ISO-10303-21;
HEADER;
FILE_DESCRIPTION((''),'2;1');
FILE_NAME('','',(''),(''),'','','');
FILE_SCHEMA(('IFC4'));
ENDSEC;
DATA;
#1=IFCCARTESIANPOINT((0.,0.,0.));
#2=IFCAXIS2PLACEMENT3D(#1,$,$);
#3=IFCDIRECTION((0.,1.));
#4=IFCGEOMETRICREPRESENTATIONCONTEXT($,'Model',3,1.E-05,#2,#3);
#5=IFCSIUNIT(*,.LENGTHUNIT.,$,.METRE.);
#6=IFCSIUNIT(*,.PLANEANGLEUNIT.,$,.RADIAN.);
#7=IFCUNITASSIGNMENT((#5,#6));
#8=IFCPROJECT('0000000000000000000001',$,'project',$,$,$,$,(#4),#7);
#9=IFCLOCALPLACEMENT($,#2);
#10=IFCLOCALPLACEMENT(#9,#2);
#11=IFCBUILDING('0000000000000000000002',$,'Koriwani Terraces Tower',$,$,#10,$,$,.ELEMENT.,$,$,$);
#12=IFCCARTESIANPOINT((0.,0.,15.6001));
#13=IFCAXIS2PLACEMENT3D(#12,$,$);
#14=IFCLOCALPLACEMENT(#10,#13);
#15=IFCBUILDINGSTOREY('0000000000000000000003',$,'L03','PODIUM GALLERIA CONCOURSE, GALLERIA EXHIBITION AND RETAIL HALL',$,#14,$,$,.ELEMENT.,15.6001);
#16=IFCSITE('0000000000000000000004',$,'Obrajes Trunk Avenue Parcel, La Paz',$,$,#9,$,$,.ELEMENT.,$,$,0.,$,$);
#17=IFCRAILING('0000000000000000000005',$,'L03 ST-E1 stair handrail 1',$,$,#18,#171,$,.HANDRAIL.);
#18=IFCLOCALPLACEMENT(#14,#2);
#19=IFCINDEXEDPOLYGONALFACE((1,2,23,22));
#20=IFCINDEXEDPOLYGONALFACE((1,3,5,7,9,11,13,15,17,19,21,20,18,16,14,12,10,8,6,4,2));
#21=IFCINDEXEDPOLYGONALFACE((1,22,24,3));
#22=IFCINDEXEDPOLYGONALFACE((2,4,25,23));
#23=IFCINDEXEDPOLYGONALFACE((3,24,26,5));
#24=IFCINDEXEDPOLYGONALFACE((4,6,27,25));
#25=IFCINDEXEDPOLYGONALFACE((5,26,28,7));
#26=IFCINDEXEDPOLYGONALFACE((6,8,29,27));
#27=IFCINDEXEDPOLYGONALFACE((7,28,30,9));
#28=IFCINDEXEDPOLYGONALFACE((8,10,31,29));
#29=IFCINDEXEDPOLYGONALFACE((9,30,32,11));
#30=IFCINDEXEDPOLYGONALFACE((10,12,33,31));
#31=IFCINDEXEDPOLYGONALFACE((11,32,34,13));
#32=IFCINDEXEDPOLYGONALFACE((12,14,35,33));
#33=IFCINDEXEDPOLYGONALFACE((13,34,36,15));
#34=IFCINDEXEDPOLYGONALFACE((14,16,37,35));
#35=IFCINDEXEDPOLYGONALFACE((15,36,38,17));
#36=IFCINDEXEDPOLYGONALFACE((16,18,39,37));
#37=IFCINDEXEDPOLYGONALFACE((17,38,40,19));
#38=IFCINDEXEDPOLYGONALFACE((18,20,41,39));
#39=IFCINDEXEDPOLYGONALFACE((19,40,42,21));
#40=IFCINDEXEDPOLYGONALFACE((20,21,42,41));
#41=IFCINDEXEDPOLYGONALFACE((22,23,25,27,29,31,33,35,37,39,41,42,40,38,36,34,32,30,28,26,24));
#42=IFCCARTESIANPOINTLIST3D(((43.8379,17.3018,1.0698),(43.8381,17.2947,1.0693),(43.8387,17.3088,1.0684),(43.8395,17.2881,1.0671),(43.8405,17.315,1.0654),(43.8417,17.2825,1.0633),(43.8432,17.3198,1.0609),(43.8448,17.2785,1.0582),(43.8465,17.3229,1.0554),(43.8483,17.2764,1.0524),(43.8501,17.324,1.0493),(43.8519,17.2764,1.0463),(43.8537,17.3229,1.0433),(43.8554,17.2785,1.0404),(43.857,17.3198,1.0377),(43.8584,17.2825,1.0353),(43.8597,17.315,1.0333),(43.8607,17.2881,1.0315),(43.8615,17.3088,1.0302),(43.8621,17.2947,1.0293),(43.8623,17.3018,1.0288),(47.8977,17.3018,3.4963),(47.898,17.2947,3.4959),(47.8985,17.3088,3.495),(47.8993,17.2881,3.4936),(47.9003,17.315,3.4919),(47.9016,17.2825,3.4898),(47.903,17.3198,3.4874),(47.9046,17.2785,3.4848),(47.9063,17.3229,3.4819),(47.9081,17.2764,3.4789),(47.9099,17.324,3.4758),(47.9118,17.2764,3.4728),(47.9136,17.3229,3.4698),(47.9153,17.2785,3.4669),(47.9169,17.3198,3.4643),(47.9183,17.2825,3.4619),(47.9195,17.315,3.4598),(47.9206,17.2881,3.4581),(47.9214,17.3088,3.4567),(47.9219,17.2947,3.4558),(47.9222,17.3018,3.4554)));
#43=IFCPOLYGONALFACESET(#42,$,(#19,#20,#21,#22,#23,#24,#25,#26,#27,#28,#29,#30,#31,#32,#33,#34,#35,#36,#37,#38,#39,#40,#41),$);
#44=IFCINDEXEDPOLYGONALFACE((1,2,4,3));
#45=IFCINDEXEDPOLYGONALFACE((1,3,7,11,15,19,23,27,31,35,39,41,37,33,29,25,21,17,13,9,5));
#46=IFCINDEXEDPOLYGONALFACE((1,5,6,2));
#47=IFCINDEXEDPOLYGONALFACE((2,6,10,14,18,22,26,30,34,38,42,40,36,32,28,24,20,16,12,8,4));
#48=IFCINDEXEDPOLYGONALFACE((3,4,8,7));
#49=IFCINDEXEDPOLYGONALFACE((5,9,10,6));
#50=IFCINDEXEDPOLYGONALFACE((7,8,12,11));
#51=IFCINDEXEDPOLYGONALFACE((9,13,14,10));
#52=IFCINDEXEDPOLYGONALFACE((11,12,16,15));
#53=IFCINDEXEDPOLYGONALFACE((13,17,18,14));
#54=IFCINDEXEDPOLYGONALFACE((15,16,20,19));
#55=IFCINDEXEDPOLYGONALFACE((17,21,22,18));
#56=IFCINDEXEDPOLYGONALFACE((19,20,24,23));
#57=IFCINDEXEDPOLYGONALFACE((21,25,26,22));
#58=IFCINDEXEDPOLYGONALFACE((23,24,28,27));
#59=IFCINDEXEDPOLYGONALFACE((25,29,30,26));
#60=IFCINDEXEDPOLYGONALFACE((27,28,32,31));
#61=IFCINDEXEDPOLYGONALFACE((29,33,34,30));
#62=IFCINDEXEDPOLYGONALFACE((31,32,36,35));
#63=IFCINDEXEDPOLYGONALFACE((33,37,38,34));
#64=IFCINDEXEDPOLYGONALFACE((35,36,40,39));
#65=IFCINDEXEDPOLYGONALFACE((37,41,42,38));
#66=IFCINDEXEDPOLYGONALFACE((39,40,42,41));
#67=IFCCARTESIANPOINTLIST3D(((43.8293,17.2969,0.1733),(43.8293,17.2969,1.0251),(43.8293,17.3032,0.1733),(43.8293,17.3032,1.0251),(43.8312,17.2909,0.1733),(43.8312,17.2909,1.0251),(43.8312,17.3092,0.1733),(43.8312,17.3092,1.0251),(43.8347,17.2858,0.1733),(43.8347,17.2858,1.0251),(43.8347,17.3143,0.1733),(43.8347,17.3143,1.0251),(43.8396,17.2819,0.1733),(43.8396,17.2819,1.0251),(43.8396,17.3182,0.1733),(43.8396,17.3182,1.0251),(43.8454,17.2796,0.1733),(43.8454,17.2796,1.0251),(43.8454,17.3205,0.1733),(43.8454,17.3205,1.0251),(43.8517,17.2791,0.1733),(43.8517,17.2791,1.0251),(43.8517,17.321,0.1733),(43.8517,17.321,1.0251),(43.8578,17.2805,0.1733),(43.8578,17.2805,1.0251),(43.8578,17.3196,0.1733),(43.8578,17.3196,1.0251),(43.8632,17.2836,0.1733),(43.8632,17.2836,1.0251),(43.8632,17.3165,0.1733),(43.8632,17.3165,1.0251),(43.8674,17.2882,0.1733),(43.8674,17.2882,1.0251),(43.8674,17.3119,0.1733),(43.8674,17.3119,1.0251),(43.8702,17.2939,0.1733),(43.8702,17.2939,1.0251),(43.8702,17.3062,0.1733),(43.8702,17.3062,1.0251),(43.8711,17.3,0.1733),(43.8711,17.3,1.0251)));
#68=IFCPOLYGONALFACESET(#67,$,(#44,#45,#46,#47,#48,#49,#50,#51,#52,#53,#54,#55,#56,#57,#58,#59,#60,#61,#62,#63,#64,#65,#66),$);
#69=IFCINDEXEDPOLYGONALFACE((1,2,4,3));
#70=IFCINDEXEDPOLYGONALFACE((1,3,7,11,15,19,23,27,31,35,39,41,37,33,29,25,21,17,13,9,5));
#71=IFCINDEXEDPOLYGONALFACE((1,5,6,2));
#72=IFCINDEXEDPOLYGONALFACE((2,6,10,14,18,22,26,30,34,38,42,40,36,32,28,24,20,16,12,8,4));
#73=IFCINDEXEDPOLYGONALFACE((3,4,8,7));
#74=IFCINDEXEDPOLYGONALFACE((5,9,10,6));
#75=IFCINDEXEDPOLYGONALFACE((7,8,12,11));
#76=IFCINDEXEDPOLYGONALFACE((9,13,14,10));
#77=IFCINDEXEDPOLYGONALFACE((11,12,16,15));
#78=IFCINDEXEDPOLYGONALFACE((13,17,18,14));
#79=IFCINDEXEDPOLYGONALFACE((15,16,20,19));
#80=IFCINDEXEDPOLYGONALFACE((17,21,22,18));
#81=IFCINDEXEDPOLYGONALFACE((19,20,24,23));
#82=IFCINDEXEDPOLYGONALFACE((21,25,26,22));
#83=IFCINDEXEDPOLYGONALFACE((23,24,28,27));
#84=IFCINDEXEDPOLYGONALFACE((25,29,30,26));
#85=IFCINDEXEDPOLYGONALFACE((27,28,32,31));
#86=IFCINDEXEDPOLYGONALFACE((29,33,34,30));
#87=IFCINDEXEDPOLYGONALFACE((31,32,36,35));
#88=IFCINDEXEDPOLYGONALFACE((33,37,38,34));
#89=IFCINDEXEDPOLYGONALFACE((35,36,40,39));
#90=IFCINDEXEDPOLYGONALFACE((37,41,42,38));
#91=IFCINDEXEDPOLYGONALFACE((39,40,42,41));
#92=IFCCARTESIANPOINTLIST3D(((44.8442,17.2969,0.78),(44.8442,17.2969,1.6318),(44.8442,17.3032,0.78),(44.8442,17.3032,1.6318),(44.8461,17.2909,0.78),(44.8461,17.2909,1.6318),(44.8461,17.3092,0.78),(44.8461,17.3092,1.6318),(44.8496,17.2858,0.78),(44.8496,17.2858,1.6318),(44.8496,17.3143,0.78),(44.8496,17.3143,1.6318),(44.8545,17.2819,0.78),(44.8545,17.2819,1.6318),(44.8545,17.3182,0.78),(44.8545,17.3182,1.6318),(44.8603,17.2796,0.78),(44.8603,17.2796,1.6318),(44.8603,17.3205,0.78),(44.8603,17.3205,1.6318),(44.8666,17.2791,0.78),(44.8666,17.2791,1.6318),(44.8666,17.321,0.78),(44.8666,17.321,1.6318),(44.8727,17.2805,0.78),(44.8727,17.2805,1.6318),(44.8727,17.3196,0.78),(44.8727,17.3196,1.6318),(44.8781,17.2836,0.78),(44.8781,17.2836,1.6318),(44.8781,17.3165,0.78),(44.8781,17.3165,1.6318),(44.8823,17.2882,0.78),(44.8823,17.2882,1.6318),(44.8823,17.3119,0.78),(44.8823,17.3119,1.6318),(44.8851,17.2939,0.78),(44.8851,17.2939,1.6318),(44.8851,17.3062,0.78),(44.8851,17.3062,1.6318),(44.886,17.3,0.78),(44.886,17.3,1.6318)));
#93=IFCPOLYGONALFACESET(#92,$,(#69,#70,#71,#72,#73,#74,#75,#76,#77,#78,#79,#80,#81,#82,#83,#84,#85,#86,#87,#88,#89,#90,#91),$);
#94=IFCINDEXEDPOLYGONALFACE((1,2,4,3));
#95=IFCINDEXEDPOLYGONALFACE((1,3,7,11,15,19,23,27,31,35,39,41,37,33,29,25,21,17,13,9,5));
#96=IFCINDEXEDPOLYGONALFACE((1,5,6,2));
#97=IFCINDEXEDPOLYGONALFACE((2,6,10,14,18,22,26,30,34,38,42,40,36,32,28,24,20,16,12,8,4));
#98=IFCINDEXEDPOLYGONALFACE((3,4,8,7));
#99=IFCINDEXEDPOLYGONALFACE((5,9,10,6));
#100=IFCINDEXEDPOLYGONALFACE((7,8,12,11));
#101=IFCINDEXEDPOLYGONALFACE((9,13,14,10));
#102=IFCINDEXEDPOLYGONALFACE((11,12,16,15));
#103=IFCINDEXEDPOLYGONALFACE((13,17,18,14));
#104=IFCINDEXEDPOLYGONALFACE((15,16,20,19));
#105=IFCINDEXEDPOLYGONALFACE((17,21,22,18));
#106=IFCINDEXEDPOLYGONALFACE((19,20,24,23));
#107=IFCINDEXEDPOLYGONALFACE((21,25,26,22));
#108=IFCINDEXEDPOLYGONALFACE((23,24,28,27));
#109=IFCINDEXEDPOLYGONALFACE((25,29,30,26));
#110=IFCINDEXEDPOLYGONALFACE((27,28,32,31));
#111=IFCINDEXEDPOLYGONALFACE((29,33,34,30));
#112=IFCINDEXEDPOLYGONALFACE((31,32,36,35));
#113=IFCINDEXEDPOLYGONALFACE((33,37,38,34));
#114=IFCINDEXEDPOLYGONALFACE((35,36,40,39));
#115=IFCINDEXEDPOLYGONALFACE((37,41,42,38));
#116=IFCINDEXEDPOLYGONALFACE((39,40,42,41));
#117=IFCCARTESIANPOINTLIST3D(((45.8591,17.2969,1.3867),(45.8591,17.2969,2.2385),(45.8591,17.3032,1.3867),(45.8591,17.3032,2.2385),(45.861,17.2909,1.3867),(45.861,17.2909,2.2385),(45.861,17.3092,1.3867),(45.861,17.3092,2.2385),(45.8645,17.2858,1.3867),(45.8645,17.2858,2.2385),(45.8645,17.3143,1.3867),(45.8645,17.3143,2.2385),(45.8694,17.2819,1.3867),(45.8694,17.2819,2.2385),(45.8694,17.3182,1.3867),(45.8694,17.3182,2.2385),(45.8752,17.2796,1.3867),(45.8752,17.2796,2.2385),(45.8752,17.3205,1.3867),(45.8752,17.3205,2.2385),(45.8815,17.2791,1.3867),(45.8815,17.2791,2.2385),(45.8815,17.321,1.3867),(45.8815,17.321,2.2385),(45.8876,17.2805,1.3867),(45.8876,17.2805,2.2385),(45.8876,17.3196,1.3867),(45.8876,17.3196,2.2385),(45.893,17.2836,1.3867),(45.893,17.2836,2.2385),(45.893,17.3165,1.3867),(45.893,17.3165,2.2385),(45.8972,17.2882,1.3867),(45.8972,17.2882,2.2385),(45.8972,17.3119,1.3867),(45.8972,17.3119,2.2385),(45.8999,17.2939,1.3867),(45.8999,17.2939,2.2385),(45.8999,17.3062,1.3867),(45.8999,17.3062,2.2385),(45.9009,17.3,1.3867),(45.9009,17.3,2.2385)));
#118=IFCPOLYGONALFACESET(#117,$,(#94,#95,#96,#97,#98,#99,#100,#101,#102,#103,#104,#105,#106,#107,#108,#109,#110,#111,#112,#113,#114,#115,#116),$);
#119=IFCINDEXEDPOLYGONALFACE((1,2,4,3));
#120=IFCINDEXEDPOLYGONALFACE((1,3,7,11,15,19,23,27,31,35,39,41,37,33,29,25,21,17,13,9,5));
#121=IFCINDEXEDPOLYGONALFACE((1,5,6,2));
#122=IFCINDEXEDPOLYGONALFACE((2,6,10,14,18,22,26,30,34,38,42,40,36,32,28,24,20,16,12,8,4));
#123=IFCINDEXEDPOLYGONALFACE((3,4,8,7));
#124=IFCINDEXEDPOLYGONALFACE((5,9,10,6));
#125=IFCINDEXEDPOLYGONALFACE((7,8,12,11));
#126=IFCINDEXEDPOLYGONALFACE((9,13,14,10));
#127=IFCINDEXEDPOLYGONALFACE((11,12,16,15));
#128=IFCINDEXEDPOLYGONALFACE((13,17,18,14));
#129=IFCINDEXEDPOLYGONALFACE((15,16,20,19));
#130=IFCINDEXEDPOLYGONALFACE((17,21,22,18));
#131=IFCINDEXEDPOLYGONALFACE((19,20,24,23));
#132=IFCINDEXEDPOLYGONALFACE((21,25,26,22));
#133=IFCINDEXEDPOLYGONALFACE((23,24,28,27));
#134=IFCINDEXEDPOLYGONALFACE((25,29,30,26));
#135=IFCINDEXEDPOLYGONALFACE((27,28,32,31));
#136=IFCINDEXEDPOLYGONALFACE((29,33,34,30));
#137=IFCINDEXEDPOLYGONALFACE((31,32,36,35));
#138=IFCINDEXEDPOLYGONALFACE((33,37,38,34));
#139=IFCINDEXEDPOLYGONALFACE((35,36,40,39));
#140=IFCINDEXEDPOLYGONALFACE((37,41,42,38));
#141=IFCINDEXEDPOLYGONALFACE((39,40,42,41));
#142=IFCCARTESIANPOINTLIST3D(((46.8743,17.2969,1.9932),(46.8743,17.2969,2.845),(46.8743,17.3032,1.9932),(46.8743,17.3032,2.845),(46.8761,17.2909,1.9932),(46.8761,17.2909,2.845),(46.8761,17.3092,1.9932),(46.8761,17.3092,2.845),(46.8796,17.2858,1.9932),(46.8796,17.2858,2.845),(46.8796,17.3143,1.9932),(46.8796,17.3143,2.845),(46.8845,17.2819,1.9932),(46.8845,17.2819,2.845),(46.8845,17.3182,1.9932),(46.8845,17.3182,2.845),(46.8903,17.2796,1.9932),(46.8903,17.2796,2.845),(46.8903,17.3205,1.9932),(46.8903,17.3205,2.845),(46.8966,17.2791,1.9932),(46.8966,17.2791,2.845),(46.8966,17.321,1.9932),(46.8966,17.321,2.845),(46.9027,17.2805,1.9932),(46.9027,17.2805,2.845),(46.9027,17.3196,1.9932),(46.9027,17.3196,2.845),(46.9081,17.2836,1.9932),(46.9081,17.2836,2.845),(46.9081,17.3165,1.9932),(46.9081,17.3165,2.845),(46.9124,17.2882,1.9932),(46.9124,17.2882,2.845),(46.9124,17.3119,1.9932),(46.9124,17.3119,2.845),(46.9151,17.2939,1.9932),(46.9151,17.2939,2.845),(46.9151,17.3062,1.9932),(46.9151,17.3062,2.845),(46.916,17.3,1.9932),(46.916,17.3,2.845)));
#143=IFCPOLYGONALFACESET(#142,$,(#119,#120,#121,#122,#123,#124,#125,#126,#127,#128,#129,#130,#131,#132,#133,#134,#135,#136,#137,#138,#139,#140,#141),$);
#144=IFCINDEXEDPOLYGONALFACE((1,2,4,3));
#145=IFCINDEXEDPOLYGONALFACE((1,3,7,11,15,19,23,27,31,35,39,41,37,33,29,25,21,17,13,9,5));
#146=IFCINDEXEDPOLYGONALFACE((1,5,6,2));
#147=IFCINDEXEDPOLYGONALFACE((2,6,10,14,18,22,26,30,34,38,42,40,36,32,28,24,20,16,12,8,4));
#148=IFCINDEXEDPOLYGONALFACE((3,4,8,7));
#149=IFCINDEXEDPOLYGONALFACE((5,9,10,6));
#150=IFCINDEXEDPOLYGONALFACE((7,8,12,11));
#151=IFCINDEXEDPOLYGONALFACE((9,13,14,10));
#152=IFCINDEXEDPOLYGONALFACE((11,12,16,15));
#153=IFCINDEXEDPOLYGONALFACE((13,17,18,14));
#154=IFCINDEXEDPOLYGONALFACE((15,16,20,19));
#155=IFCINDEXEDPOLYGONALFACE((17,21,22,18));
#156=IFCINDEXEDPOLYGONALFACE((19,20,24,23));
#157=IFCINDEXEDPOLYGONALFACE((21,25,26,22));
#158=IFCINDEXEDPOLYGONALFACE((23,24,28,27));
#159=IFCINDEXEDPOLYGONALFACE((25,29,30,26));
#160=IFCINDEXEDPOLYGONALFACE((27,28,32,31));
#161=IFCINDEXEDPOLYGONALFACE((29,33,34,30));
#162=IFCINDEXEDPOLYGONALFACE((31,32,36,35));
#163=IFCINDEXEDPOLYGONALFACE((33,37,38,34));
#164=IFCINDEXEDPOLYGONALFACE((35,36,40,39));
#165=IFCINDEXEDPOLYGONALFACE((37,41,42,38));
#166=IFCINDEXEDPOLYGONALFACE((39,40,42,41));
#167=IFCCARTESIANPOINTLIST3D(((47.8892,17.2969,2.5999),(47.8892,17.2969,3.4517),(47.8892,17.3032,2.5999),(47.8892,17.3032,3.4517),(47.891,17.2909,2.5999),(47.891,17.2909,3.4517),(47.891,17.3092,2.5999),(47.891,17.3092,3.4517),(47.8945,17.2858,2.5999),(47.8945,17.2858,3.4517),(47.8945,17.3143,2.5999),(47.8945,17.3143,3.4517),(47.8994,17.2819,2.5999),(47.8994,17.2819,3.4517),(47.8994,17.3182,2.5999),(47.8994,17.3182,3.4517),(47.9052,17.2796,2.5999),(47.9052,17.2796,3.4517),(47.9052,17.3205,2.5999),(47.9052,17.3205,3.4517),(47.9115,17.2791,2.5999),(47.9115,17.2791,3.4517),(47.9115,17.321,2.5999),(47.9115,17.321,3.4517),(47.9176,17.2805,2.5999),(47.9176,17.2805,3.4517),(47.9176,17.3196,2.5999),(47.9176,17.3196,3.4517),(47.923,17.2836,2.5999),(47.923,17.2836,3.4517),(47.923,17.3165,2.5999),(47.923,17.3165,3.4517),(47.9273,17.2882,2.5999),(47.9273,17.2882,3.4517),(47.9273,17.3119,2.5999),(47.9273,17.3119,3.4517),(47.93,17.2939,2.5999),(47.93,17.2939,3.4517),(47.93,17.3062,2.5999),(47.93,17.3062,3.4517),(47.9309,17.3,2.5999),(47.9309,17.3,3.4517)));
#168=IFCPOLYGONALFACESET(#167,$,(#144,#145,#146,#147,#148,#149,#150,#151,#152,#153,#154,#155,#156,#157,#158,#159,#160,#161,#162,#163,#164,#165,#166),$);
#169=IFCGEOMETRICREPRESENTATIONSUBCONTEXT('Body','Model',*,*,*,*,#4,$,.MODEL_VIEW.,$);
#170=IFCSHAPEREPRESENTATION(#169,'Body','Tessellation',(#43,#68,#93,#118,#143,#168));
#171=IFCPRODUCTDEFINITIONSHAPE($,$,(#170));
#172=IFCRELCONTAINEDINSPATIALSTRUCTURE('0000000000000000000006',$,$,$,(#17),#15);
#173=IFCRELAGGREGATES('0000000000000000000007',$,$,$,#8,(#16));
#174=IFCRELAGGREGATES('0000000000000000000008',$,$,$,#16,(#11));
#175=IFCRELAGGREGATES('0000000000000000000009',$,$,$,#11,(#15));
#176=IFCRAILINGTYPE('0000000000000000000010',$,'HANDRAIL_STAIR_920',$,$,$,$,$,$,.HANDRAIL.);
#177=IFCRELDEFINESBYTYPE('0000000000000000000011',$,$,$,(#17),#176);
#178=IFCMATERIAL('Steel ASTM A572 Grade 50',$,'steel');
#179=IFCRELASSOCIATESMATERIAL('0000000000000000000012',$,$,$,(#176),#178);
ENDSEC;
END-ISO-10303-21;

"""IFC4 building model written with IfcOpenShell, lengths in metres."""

from ifc_helpers import new_model, si_unit, direction, frame, origin, origin_2d, place, context, subcontext, project, spatial, circle, extrude, material, type_object, element, save


model = new_model("IFC4")

# Units and contexts
model_context = context("Model", 3, precision=1e-05, world=origin(), true_north=direction((0.0, 1.0)))
body_context = subcontext(model_context, "Body", "Model", "MODEL_VIEW")
ifc_project = project(units=[si_unit("LENGTHUNIT", "METRE"), si_unit("PLANEANGLEUNIT", "RADIAN")], contexts=[model_context])

# Site, building, storey
site_placement = place(None, origin())
site = spatial("IfcSite", under=ifc_project, at=site_placement, Name="Obrajes Trunk Avenue Parcel, La Paz", CompositionType="ELEMENT", RefElevation=0.0)
building_placement = place(site_placement, origin())
building = spatial("IfcBuilding", under=site, at=building_placement, Name="Koriwani Terraces Tower", CompositionType="ELEMENT")
storey_placement = place(building_placement, frame((0.0, 0.0, 15.6001)))
storey = spatial("IfcBuildingStorey", under=building, at=storey_placement, Name="L03", Description="PODIUM GALLERIA CONCOURSE, GALLERIA EXHIBITION AND RETAIL HALL", CompositionType="ELEMENT", Elevation=15.6001)

# Shared definitions
ifc_material_1 = material(Name="Steel ASTM A572 Grade 50", Category="steel")

# Railing
railing_type_1 = type_object("IfcRailingType", Name="HANDRAIL_STAIR_920", PredefinedType="HANDRAIL", material=ifc_material_1)
railing_1_placement = place(storey_placement, frame((43.8501, 17.3, 0.1733)))
element("IfcRailing", 1, at=railing_1_placement, inside=storey, type_object=railing_type_1, Name="L03 ST-E1 stair handrail 1", PredefinedType="HANDRAIL", context=body_context, shape_type="SweptSolid", body=[
    extrude(circle(Radius=0.0239, at=origin_2d()), frame((0.0, 0.0, 0.876), z_axis=(0.858366, 0.0, 0.513038), x_axis=(0.0, 1.0, 0.0)), (0.0, 0.0, 1.0), 4.7297),
    extrude(circle(Radius=0.021, at=origin_2d()), origin(), (0.0, 0.0, 1.0), 0.8518),
    extrude(circle(Radius=0.021, at=origin_2d()), frame((1.0149, 0.0, 0.6067)), (0.0, 0.0, 1.0), 0.8518),
    extrude(circle(Radius=0.021, at=origin_2d()), frame((2.0298, 0.0, 1.2134)), (0.0, 0.0, 1.0), 0.8518),
    extrude(circle(Radius=0.021, at=origin_2d()), frame((3.0449, 0.0, 1.8198)), (0.0, 0.0, 1.0), 0.8518),
    extrude(circle(Radius=0.021, at=origin_2d()), frame((4.0598, 0.0, 2.4265)), (0.0, 0.0, 1.0), 0.8518),
])

save(model, "model.ifc")
